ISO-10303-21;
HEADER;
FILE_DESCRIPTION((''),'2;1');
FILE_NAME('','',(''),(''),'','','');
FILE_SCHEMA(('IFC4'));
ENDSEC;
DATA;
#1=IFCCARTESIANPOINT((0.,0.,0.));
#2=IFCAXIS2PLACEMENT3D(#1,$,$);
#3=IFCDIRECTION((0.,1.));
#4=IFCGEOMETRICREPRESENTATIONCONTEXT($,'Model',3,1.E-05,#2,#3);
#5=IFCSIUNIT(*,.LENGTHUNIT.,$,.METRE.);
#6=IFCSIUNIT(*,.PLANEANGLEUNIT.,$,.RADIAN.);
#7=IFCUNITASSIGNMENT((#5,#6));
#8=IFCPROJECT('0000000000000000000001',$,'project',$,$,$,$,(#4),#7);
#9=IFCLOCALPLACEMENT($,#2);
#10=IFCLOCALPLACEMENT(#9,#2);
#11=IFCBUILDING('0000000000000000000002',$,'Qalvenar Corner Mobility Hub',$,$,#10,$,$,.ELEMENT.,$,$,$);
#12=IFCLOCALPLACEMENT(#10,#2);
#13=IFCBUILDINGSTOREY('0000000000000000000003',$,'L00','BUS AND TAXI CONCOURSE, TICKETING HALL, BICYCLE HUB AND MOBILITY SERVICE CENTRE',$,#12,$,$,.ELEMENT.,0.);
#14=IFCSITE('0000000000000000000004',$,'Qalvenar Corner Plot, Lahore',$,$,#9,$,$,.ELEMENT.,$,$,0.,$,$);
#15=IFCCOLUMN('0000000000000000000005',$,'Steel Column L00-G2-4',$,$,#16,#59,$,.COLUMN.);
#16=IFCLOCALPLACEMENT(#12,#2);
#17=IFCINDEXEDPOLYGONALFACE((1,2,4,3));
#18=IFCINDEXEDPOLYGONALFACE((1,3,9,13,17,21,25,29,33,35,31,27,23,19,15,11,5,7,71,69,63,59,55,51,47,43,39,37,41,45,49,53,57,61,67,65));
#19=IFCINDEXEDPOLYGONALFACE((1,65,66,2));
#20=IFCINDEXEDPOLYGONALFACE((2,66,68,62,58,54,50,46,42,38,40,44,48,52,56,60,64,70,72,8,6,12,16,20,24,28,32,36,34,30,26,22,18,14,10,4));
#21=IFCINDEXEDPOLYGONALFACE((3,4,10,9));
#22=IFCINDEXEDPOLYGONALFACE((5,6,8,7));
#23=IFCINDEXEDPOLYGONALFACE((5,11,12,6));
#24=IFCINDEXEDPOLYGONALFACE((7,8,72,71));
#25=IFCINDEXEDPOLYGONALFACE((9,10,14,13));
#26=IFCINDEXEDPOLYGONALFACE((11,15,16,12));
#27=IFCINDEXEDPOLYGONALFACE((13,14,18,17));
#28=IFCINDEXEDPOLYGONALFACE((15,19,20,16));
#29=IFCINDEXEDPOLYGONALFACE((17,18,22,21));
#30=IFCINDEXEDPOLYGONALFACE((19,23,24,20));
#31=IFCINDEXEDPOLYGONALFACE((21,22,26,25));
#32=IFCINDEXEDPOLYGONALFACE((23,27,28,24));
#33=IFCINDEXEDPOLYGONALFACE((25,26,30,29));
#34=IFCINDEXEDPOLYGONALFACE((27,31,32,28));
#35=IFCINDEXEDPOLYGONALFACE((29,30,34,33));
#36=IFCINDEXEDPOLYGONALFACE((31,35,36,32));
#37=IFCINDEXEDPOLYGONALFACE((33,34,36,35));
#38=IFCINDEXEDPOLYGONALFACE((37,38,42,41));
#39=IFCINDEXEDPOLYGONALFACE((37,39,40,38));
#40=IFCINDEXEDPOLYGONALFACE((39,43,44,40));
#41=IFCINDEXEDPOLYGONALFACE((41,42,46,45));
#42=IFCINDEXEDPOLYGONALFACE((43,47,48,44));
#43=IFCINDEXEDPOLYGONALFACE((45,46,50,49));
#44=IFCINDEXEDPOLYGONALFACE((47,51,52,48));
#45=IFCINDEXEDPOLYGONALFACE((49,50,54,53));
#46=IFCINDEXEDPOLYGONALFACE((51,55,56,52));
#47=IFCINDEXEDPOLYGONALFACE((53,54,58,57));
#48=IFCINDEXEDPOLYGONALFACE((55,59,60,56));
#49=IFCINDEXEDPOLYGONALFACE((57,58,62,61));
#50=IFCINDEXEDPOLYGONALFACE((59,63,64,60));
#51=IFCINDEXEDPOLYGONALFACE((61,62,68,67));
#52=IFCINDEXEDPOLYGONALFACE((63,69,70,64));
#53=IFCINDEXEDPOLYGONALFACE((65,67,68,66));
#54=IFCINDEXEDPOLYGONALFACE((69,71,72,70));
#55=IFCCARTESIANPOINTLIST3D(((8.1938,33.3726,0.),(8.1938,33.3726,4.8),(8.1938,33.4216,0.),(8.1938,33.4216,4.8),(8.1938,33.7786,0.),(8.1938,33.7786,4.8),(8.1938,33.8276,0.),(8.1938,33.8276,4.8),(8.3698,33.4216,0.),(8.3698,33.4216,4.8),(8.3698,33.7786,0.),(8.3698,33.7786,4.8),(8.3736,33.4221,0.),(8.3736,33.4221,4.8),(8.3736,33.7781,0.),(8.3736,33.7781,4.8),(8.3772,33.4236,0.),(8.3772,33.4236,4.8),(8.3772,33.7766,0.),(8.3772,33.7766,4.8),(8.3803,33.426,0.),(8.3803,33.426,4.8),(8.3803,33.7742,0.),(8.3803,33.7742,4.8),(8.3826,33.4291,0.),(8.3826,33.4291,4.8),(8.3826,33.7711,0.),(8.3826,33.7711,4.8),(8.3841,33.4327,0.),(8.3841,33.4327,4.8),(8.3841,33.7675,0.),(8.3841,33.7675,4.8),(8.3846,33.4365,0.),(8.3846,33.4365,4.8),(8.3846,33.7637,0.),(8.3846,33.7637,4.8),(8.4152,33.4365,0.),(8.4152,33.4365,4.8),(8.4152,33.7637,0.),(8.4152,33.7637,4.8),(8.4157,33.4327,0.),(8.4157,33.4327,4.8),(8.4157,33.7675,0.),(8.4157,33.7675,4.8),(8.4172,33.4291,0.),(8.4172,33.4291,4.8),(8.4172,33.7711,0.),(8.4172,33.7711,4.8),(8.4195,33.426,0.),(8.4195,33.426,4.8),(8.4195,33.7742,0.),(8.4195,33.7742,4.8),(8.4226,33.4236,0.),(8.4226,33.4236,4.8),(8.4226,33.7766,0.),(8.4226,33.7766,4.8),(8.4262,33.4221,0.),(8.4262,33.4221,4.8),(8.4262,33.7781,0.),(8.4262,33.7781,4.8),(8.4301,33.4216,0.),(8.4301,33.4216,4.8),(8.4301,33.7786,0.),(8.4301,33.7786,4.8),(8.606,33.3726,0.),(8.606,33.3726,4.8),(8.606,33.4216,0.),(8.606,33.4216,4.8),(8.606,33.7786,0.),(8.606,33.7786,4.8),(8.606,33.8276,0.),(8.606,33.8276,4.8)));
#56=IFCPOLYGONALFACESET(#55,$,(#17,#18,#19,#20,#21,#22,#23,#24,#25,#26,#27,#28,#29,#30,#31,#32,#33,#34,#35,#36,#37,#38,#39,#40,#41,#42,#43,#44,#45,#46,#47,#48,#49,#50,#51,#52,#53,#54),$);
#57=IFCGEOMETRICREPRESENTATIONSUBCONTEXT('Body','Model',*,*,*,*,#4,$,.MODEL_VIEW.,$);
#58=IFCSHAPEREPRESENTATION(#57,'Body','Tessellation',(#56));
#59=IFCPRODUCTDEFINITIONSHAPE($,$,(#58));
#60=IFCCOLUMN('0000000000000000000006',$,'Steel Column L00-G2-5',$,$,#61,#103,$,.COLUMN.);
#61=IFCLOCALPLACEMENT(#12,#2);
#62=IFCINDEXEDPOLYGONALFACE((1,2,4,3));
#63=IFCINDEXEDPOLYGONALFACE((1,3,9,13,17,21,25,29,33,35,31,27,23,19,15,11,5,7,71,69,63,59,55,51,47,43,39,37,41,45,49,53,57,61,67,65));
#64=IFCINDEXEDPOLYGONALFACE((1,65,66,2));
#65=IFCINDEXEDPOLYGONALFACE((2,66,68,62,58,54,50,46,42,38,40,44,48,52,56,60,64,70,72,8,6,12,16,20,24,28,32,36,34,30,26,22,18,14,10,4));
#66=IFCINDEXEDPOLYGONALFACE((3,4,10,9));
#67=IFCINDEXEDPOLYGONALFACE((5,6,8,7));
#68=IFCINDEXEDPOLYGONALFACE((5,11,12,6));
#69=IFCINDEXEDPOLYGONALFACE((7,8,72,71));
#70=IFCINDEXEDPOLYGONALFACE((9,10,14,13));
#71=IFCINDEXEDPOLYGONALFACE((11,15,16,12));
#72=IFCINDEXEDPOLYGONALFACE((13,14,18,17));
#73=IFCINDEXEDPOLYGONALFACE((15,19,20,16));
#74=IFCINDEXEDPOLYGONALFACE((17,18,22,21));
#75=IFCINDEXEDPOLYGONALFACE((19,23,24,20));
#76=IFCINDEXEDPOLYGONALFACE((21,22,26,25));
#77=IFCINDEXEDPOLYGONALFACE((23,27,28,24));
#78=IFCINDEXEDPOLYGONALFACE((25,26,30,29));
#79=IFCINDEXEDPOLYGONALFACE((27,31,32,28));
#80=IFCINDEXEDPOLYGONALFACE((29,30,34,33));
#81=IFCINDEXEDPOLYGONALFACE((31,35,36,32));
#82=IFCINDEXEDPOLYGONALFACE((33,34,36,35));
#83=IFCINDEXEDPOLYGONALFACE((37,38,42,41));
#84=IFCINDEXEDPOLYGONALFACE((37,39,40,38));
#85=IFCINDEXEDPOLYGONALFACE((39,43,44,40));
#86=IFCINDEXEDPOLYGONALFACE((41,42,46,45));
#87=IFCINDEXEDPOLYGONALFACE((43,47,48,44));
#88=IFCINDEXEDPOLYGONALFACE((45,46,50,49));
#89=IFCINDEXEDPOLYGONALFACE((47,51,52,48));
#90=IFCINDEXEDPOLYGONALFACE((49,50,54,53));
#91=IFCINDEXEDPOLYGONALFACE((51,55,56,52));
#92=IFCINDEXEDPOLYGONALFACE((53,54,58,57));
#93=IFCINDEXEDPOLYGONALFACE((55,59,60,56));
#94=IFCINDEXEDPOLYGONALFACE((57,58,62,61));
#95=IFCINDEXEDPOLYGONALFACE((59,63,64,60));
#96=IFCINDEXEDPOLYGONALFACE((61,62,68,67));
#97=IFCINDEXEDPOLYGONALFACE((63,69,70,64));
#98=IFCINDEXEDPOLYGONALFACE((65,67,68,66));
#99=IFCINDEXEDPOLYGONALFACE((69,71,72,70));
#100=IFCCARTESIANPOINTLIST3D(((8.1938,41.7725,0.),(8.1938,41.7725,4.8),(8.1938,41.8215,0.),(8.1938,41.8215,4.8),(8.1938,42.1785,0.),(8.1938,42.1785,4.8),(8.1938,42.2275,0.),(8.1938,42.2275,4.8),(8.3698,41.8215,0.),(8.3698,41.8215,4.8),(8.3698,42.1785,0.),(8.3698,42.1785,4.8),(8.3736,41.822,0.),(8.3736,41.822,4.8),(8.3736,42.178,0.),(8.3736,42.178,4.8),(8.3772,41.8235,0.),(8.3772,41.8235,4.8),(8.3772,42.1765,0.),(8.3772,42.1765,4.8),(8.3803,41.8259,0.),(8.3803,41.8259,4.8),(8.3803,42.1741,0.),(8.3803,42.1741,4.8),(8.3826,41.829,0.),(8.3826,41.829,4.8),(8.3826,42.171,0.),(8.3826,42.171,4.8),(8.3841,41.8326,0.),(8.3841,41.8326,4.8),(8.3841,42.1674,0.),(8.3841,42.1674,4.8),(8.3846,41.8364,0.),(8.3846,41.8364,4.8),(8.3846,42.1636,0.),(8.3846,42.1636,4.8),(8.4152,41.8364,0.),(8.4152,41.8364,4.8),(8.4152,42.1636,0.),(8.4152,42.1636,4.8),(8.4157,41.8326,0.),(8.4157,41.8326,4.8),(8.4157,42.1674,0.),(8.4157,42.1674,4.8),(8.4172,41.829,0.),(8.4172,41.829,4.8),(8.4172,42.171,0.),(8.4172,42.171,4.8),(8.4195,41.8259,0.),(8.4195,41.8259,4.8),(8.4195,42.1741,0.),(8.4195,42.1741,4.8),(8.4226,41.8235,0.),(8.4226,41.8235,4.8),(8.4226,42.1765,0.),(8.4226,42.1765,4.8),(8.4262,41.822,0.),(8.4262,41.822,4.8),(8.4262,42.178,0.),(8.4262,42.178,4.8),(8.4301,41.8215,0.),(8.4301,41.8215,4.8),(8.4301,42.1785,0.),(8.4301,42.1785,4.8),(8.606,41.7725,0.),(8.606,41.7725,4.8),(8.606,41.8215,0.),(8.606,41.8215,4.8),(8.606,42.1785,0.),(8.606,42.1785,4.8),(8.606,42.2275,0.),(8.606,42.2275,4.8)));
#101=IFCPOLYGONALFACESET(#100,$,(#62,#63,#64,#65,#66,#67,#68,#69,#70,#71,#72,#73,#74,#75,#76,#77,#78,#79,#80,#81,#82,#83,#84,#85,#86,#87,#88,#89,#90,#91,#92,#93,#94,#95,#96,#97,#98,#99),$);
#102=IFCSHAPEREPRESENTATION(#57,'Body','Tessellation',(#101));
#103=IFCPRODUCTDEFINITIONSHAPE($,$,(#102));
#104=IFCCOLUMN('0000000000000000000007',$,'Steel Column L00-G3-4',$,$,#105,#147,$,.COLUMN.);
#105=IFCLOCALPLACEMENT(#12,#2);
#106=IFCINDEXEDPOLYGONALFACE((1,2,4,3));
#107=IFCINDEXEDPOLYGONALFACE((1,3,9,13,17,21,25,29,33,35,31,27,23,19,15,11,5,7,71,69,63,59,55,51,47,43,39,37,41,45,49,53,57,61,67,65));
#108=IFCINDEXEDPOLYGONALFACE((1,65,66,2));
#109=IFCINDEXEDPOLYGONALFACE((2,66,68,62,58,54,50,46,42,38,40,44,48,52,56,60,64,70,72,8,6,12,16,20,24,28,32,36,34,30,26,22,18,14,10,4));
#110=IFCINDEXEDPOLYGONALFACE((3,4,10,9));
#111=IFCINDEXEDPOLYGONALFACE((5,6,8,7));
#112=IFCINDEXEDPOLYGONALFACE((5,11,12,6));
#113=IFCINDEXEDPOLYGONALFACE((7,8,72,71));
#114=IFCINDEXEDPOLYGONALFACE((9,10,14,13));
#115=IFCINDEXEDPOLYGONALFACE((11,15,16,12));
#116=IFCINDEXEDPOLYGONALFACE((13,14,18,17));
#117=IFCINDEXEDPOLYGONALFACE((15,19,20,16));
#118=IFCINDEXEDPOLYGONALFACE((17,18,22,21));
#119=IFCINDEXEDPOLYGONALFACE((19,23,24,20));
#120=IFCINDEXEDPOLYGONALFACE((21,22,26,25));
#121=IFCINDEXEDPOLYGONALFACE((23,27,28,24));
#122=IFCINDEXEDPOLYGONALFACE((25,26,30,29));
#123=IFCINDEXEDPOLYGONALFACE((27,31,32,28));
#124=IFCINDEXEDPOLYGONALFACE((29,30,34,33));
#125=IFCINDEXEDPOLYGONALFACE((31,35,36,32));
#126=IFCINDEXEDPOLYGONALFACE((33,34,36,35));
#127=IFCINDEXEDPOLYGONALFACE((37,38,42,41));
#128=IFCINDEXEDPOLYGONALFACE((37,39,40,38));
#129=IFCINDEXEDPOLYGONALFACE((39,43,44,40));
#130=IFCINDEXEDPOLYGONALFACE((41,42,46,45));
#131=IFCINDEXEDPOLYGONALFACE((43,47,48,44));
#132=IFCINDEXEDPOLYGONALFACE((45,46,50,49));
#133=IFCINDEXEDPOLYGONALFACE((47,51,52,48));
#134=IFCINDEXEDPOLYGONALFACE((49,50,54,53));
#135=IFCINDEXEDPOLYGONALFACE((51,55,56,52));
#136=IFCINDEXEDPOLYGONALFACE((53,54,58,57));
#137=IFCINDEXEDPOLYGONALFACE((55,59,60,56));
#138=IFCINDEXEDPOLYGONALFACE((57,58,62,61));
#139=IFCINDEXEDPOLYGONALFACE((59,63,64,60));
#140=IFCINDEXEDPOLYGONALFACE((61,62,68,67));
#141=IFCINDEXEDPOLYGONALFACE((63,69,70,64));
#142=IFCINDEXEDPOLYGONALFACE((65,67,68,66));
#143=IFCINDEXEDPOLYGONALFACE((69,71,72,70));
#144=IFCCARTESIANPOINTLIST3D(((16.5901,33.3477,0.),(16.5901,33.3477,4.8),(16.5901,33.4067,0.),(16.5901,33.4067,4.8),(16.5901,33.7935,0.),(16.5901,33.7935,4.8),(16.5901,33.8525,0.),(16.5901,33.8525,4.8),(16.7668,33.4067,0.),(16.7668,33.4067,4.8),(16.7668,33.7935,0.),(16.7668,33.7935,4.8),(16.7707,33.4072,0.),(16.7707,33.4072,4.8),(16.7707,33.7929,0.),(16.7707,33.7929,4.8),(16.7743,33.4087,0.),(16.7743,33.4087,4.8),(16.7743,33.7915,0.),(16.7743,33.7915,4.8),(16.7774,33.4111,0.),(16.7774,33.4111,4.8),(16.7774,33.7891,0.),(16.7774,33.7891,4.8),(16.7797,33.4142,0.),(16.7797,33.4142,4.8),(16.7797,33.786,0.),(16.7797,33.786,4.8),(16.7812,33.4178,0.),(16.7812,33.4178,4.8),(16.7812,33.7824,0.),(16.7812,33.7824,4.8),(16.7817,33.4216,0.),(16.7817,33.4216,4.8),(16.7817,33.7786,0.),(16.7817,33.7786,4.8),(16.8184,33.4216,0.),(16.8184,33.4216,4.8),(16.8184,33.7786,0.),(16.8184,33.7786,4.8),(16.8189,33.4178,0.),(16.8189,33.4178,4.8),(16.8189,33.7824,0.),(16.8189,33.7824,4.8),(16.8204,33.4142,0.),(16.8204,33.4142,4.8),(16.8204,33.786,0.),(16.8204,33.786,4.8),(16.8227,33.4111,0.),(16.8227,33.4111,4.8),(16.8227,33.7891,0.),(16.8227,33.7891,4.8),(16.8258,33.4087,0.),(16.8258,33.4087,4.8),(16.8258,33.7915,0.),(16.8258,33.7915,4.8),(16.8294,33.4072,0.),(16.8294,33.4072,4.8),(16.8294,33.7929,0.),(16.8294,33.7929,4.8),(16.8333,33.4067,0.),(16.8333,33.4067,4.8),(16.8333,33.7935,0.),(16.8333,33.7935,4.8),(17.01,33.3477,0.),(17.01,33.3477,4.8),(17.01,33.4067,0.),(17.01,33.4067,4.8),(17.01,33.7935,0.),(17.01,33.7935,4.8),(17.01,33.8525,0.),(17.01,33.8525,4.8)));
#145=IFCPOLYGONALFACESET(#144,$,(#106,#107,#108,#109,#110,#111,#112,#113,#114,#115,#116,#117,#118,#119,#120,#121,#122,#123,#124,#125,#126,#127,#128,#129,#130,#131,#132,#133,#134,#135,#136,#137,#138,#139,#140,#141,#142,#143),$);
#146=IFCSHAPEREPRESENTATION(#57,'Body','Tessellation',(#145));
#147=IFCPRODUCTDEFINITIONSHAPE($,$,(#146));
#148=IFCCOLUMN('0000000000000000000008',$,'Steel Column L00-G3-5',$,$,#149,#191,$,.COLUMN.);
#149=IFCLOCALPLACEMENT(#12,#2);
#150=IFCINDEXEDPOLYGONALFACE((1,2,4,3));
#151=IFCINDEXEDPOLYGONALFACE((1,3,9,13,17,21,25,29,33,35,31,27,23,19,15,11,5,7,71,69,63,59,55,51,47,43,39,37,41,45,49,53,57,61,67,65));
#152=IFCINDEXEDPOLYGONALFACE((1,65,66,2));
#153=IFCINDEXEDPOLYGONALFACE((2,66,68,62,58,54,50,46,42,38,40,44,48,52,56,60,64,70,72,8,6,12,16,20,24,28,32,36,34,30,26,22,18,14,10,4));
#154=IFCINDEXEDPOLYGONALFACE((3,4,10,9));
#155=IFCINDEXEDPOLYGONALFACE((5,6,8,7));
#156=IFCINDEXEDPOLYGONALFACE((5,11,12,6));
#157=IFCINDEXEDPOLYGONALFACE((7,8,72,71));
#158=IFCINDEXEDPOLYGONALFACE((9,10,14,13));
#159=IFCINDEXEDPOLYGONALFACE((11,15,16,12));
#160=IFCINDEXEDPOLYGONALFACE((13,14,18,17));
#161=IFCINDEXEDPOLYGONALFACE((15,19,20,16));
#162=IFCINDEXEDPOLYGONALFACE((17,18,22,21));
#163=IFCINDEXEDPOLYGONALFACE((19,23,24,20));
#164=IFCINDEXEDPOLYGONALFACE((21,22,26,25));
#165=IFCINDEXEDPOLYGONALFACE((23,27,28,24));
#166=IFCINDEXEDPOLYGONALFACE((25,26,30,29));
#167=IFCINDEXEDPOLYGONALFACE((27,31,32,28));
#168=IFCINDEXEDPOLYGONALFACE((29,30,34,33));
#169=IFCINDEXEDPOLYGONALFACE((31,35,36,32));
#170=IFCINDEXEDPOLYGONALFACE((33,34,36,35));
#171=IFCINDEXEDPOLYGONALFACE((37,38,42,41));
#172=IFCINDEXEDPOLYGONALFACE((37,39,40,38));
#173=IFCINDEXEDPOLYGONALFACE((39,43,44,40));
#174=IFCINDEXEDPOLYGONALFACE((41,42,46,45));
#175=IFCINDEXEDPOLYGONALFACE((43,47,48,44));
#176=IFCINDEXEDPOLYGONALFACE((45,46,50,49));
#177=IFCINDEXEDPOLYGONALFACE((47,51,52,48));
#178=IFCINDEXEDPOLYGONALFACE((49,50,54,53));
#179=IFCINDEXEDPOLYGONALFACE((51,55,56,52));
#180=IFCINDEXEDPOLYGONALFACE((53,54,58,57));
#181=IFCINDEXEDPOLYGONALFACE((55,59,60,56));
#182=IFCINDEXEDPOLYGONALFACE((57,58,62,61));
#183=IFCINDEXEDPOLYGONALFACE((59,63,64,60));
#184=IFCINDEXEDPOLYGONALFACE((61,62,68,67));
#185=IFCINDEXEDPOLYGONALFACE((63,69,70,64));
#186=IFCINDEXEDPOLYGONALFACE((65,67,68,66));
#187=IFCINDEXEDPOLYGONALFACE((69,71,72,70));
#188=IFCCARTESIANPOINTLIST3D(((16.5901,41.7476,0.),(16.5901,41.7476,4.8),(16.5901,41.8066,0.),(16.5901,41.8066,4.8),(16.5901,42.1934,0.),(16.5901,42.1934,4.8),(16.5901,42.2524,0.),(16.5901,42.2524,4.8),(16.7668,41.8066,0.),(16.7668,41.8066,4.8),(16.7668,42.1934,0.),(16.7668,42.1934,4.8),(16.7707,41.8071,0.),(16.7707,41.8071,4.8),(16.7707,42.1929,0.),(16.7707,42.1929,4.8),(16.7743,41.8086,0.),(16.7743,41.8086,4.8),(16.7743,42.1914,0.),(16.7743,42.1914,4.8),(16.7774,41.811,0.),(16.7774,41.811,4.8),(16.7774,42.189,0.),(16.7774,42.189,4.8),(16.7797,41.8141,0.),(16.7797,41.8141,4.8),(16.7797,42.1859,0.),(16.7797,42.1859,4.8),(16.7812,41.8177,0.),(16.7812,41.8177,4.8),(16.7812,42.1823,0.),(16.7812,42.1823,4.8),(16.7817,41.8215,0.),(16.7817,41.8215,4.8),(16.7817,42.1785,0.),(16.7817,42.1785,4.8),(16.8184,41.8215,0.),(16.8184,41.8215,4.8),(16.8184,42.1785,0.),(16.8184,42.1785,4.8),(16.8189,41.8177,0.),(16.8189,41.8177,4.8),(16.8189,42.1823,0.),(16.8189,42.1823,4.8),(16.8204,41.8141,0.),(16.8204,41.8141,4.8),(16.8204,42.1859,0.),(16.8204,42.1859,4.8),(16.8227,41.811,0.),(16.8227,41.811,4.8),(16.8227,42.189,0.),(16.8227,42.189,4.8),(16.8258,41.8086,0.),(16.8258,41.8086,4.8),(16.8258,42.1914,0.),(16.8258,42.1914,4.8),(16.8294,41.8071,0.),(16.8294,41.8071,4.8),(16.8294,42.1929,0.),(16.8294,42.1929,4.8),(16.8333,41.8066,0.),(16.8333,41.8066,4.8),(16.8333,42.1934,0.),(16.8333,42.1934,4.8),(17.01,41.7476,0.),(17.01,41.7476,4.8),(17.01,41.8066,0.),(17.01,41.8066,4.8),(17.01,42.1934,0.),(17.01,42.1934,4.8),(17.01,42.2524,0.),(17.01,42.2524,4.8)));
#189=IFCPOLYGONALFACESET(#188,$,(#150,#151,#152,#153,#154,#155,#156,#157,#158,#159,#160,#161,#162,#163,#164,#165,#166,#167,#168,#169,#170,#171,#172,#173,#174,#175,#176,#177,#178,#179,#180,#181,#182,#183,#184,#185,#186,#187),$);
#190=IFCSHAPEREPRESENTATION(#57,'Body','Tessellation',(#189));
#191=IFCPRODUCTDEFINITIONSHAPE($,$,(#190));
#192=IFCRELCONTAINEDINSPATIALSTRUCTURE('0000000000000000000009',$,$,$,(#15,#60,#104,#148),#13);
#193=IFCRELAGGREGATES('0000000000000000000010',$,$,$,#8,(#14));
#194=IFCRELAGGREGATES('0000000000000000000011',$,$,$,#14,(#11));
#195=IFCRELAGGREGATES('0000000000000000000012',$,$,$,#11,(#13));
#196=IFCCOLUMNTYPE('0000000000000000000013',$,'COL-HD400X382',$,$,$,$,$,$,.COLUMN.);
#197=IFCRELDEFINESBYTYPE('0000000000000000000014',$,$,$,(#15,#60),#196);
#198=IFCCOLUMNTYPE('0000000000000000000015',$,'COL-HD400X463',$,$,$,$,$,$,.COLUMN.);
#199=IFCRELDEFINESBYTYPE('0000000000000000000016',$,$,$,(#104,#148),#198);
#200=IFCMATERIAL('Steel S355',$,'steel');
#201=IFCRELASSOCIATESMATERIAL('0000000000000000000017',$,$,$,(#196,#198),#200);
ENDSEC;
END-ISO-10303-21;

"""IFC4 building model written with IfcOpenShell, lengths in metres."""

from ifc_helpers import new_model, si_unit, direction, frame, origin, origin_2d, place, context, subcontext, project, spatial, i_section, extrude, material, material_profile, profile_set, type_object, element, save


model = new_model("IFC4")

# Units and contexts
model_context = context("Model", 3, precision=1e-05, world=origin(), true_north=direction((0.0, 1.0)))
body_context = subcontext(model_context, "Body", "Model", "MODEL_VIEW")
ifc_project = project(units=[si_unit("LENGTHUNIT", "METRE"), si_unit("PLANEANGLEUNIT", "RADIAN")], contexts=[model_context])

# Site, building, storey
site_placement = place(None, origin())
site = spatial("IfcSite", under=ifc_project, at=site_placement, Name="Qalvenar Corner Plot, Lahore", CompositionType="ELEMENT", RefElevation=0.0)
building_placement = place(site_placement, origin())
building = spatial("IfcBuilding", under=site, at=building_placement, Name="Qalvenar Corner Mobility Hub", CompositionType="ELEMENT")
storey_placement = place(building_placement, origin())
storey = spatial("IfcBuildingStorey", under=building, at=storey_placement, Name="L00", Description="BUS AND TAXI CONCOURSE, TICKETING HALL, BICYCLE HUB AND MOBILITY SERVICE CENTRE", CompositionType="ELEMENT", Elevation=0.0)

# Columns
ifc_material_1 = material(Name="Steel S355", Category="steel")
ifc_material_profile_1 = material_profile(ifc_material_1, i_section(OverallWidth=0.4121, OverallDepth=0.4551, WebThickness=0.0305, FlangeThickness=0.0491, FilletRadius=0.0149, at=origin_2d()), Name="HD400x421")
ifc_profile_set_1 = profile_set([ifc_material_profile_1], Name="Steel S355")
column_type_1 = type_object("IfcColumnType", Name="COL-HD400X382", PredefinedType="COLUMN", material=ifc_profile_set_1)
for number, where, z_axis, x_axis, name in (
    (1, (8.3999, 33.6001, 0.0), (0.0, 0.0, 1.0), (1.0, 0.0, 0.0), "Steel Column L00-G2-4"),
    (2, (8.3999, 42.0, 0.0), (0.0, 0.0, 1.0), (1.0, 0.0, 0.0), "Steel Column L00-G2-5"),
):
    element("IfcColumn", number, at=place(storey_placement, frame(where, z_axis=z_axis, x_axis=x_axis)), inside=storey, type_object=column_type_1, Name=name, PredefinedType="COLUMN", context=body_context, shape_type="SweptSolid", body=[
        extrude(i_section(OverallWidth=0.4121, OverallDepth=0.4551, WebThickness=0.0305, FlangeThickness=0.0491, FilletRadius=0.0149, at=origin_2d()), origin(), (0.0, 0.0, 1.0), 4.8),
    ])
ifc_material_profile_2 = material_profile(ifc_material_1, i_section(OverallWidth=0.4199, OverallDepth=0.5049, WebThickness=0.0366, FlangeThickness=0.0591, FilletRadius=0.0149, at=origin_2d()), Name="HD400x551")
ifc_profile_set_2 = profile_set([ifc_material_profile_2], Name="Steel S355")
column_type_2 = type_object("IfcColumnType", Name="COL-HD400X463", PredefinedType="COLUMN", material=ifc_profile_set_2)
for number, where, z_axis, x_axis, name in (
    (3, (16.8, 33.6001, 0.0), (0.0, 0.0, 1.0), (1.0, 0.0, 0.0), "Steel Column L00-G3-4"),
    (4, (16.8, 42.0, 0.0), (0.0, 0.0, 1.0), (1.0, 0.0, 0.0), "Steel Column L00-G3-5"),
):
    element("IfcColumn", number, at=place(storey_placement, frame(where, z_axis=z_axis, x_axis=x_axis)), inside=storey, type_object=column_type_2, Name=name, PredefinedType="COLUMN", context=body_context, shape_type="SweptSolid", body=[
        extrude(i_section(OverallWidth=0.4199, OverallDepth=0.5049, WebThickness=0.0366, FlangeThickness=0.0591, FilletRadius=0.0149, at=origin_2d()), origin(), (0.0, 0.0, 1.0), 4.8),
    ])

save(model, "model.ifc")
